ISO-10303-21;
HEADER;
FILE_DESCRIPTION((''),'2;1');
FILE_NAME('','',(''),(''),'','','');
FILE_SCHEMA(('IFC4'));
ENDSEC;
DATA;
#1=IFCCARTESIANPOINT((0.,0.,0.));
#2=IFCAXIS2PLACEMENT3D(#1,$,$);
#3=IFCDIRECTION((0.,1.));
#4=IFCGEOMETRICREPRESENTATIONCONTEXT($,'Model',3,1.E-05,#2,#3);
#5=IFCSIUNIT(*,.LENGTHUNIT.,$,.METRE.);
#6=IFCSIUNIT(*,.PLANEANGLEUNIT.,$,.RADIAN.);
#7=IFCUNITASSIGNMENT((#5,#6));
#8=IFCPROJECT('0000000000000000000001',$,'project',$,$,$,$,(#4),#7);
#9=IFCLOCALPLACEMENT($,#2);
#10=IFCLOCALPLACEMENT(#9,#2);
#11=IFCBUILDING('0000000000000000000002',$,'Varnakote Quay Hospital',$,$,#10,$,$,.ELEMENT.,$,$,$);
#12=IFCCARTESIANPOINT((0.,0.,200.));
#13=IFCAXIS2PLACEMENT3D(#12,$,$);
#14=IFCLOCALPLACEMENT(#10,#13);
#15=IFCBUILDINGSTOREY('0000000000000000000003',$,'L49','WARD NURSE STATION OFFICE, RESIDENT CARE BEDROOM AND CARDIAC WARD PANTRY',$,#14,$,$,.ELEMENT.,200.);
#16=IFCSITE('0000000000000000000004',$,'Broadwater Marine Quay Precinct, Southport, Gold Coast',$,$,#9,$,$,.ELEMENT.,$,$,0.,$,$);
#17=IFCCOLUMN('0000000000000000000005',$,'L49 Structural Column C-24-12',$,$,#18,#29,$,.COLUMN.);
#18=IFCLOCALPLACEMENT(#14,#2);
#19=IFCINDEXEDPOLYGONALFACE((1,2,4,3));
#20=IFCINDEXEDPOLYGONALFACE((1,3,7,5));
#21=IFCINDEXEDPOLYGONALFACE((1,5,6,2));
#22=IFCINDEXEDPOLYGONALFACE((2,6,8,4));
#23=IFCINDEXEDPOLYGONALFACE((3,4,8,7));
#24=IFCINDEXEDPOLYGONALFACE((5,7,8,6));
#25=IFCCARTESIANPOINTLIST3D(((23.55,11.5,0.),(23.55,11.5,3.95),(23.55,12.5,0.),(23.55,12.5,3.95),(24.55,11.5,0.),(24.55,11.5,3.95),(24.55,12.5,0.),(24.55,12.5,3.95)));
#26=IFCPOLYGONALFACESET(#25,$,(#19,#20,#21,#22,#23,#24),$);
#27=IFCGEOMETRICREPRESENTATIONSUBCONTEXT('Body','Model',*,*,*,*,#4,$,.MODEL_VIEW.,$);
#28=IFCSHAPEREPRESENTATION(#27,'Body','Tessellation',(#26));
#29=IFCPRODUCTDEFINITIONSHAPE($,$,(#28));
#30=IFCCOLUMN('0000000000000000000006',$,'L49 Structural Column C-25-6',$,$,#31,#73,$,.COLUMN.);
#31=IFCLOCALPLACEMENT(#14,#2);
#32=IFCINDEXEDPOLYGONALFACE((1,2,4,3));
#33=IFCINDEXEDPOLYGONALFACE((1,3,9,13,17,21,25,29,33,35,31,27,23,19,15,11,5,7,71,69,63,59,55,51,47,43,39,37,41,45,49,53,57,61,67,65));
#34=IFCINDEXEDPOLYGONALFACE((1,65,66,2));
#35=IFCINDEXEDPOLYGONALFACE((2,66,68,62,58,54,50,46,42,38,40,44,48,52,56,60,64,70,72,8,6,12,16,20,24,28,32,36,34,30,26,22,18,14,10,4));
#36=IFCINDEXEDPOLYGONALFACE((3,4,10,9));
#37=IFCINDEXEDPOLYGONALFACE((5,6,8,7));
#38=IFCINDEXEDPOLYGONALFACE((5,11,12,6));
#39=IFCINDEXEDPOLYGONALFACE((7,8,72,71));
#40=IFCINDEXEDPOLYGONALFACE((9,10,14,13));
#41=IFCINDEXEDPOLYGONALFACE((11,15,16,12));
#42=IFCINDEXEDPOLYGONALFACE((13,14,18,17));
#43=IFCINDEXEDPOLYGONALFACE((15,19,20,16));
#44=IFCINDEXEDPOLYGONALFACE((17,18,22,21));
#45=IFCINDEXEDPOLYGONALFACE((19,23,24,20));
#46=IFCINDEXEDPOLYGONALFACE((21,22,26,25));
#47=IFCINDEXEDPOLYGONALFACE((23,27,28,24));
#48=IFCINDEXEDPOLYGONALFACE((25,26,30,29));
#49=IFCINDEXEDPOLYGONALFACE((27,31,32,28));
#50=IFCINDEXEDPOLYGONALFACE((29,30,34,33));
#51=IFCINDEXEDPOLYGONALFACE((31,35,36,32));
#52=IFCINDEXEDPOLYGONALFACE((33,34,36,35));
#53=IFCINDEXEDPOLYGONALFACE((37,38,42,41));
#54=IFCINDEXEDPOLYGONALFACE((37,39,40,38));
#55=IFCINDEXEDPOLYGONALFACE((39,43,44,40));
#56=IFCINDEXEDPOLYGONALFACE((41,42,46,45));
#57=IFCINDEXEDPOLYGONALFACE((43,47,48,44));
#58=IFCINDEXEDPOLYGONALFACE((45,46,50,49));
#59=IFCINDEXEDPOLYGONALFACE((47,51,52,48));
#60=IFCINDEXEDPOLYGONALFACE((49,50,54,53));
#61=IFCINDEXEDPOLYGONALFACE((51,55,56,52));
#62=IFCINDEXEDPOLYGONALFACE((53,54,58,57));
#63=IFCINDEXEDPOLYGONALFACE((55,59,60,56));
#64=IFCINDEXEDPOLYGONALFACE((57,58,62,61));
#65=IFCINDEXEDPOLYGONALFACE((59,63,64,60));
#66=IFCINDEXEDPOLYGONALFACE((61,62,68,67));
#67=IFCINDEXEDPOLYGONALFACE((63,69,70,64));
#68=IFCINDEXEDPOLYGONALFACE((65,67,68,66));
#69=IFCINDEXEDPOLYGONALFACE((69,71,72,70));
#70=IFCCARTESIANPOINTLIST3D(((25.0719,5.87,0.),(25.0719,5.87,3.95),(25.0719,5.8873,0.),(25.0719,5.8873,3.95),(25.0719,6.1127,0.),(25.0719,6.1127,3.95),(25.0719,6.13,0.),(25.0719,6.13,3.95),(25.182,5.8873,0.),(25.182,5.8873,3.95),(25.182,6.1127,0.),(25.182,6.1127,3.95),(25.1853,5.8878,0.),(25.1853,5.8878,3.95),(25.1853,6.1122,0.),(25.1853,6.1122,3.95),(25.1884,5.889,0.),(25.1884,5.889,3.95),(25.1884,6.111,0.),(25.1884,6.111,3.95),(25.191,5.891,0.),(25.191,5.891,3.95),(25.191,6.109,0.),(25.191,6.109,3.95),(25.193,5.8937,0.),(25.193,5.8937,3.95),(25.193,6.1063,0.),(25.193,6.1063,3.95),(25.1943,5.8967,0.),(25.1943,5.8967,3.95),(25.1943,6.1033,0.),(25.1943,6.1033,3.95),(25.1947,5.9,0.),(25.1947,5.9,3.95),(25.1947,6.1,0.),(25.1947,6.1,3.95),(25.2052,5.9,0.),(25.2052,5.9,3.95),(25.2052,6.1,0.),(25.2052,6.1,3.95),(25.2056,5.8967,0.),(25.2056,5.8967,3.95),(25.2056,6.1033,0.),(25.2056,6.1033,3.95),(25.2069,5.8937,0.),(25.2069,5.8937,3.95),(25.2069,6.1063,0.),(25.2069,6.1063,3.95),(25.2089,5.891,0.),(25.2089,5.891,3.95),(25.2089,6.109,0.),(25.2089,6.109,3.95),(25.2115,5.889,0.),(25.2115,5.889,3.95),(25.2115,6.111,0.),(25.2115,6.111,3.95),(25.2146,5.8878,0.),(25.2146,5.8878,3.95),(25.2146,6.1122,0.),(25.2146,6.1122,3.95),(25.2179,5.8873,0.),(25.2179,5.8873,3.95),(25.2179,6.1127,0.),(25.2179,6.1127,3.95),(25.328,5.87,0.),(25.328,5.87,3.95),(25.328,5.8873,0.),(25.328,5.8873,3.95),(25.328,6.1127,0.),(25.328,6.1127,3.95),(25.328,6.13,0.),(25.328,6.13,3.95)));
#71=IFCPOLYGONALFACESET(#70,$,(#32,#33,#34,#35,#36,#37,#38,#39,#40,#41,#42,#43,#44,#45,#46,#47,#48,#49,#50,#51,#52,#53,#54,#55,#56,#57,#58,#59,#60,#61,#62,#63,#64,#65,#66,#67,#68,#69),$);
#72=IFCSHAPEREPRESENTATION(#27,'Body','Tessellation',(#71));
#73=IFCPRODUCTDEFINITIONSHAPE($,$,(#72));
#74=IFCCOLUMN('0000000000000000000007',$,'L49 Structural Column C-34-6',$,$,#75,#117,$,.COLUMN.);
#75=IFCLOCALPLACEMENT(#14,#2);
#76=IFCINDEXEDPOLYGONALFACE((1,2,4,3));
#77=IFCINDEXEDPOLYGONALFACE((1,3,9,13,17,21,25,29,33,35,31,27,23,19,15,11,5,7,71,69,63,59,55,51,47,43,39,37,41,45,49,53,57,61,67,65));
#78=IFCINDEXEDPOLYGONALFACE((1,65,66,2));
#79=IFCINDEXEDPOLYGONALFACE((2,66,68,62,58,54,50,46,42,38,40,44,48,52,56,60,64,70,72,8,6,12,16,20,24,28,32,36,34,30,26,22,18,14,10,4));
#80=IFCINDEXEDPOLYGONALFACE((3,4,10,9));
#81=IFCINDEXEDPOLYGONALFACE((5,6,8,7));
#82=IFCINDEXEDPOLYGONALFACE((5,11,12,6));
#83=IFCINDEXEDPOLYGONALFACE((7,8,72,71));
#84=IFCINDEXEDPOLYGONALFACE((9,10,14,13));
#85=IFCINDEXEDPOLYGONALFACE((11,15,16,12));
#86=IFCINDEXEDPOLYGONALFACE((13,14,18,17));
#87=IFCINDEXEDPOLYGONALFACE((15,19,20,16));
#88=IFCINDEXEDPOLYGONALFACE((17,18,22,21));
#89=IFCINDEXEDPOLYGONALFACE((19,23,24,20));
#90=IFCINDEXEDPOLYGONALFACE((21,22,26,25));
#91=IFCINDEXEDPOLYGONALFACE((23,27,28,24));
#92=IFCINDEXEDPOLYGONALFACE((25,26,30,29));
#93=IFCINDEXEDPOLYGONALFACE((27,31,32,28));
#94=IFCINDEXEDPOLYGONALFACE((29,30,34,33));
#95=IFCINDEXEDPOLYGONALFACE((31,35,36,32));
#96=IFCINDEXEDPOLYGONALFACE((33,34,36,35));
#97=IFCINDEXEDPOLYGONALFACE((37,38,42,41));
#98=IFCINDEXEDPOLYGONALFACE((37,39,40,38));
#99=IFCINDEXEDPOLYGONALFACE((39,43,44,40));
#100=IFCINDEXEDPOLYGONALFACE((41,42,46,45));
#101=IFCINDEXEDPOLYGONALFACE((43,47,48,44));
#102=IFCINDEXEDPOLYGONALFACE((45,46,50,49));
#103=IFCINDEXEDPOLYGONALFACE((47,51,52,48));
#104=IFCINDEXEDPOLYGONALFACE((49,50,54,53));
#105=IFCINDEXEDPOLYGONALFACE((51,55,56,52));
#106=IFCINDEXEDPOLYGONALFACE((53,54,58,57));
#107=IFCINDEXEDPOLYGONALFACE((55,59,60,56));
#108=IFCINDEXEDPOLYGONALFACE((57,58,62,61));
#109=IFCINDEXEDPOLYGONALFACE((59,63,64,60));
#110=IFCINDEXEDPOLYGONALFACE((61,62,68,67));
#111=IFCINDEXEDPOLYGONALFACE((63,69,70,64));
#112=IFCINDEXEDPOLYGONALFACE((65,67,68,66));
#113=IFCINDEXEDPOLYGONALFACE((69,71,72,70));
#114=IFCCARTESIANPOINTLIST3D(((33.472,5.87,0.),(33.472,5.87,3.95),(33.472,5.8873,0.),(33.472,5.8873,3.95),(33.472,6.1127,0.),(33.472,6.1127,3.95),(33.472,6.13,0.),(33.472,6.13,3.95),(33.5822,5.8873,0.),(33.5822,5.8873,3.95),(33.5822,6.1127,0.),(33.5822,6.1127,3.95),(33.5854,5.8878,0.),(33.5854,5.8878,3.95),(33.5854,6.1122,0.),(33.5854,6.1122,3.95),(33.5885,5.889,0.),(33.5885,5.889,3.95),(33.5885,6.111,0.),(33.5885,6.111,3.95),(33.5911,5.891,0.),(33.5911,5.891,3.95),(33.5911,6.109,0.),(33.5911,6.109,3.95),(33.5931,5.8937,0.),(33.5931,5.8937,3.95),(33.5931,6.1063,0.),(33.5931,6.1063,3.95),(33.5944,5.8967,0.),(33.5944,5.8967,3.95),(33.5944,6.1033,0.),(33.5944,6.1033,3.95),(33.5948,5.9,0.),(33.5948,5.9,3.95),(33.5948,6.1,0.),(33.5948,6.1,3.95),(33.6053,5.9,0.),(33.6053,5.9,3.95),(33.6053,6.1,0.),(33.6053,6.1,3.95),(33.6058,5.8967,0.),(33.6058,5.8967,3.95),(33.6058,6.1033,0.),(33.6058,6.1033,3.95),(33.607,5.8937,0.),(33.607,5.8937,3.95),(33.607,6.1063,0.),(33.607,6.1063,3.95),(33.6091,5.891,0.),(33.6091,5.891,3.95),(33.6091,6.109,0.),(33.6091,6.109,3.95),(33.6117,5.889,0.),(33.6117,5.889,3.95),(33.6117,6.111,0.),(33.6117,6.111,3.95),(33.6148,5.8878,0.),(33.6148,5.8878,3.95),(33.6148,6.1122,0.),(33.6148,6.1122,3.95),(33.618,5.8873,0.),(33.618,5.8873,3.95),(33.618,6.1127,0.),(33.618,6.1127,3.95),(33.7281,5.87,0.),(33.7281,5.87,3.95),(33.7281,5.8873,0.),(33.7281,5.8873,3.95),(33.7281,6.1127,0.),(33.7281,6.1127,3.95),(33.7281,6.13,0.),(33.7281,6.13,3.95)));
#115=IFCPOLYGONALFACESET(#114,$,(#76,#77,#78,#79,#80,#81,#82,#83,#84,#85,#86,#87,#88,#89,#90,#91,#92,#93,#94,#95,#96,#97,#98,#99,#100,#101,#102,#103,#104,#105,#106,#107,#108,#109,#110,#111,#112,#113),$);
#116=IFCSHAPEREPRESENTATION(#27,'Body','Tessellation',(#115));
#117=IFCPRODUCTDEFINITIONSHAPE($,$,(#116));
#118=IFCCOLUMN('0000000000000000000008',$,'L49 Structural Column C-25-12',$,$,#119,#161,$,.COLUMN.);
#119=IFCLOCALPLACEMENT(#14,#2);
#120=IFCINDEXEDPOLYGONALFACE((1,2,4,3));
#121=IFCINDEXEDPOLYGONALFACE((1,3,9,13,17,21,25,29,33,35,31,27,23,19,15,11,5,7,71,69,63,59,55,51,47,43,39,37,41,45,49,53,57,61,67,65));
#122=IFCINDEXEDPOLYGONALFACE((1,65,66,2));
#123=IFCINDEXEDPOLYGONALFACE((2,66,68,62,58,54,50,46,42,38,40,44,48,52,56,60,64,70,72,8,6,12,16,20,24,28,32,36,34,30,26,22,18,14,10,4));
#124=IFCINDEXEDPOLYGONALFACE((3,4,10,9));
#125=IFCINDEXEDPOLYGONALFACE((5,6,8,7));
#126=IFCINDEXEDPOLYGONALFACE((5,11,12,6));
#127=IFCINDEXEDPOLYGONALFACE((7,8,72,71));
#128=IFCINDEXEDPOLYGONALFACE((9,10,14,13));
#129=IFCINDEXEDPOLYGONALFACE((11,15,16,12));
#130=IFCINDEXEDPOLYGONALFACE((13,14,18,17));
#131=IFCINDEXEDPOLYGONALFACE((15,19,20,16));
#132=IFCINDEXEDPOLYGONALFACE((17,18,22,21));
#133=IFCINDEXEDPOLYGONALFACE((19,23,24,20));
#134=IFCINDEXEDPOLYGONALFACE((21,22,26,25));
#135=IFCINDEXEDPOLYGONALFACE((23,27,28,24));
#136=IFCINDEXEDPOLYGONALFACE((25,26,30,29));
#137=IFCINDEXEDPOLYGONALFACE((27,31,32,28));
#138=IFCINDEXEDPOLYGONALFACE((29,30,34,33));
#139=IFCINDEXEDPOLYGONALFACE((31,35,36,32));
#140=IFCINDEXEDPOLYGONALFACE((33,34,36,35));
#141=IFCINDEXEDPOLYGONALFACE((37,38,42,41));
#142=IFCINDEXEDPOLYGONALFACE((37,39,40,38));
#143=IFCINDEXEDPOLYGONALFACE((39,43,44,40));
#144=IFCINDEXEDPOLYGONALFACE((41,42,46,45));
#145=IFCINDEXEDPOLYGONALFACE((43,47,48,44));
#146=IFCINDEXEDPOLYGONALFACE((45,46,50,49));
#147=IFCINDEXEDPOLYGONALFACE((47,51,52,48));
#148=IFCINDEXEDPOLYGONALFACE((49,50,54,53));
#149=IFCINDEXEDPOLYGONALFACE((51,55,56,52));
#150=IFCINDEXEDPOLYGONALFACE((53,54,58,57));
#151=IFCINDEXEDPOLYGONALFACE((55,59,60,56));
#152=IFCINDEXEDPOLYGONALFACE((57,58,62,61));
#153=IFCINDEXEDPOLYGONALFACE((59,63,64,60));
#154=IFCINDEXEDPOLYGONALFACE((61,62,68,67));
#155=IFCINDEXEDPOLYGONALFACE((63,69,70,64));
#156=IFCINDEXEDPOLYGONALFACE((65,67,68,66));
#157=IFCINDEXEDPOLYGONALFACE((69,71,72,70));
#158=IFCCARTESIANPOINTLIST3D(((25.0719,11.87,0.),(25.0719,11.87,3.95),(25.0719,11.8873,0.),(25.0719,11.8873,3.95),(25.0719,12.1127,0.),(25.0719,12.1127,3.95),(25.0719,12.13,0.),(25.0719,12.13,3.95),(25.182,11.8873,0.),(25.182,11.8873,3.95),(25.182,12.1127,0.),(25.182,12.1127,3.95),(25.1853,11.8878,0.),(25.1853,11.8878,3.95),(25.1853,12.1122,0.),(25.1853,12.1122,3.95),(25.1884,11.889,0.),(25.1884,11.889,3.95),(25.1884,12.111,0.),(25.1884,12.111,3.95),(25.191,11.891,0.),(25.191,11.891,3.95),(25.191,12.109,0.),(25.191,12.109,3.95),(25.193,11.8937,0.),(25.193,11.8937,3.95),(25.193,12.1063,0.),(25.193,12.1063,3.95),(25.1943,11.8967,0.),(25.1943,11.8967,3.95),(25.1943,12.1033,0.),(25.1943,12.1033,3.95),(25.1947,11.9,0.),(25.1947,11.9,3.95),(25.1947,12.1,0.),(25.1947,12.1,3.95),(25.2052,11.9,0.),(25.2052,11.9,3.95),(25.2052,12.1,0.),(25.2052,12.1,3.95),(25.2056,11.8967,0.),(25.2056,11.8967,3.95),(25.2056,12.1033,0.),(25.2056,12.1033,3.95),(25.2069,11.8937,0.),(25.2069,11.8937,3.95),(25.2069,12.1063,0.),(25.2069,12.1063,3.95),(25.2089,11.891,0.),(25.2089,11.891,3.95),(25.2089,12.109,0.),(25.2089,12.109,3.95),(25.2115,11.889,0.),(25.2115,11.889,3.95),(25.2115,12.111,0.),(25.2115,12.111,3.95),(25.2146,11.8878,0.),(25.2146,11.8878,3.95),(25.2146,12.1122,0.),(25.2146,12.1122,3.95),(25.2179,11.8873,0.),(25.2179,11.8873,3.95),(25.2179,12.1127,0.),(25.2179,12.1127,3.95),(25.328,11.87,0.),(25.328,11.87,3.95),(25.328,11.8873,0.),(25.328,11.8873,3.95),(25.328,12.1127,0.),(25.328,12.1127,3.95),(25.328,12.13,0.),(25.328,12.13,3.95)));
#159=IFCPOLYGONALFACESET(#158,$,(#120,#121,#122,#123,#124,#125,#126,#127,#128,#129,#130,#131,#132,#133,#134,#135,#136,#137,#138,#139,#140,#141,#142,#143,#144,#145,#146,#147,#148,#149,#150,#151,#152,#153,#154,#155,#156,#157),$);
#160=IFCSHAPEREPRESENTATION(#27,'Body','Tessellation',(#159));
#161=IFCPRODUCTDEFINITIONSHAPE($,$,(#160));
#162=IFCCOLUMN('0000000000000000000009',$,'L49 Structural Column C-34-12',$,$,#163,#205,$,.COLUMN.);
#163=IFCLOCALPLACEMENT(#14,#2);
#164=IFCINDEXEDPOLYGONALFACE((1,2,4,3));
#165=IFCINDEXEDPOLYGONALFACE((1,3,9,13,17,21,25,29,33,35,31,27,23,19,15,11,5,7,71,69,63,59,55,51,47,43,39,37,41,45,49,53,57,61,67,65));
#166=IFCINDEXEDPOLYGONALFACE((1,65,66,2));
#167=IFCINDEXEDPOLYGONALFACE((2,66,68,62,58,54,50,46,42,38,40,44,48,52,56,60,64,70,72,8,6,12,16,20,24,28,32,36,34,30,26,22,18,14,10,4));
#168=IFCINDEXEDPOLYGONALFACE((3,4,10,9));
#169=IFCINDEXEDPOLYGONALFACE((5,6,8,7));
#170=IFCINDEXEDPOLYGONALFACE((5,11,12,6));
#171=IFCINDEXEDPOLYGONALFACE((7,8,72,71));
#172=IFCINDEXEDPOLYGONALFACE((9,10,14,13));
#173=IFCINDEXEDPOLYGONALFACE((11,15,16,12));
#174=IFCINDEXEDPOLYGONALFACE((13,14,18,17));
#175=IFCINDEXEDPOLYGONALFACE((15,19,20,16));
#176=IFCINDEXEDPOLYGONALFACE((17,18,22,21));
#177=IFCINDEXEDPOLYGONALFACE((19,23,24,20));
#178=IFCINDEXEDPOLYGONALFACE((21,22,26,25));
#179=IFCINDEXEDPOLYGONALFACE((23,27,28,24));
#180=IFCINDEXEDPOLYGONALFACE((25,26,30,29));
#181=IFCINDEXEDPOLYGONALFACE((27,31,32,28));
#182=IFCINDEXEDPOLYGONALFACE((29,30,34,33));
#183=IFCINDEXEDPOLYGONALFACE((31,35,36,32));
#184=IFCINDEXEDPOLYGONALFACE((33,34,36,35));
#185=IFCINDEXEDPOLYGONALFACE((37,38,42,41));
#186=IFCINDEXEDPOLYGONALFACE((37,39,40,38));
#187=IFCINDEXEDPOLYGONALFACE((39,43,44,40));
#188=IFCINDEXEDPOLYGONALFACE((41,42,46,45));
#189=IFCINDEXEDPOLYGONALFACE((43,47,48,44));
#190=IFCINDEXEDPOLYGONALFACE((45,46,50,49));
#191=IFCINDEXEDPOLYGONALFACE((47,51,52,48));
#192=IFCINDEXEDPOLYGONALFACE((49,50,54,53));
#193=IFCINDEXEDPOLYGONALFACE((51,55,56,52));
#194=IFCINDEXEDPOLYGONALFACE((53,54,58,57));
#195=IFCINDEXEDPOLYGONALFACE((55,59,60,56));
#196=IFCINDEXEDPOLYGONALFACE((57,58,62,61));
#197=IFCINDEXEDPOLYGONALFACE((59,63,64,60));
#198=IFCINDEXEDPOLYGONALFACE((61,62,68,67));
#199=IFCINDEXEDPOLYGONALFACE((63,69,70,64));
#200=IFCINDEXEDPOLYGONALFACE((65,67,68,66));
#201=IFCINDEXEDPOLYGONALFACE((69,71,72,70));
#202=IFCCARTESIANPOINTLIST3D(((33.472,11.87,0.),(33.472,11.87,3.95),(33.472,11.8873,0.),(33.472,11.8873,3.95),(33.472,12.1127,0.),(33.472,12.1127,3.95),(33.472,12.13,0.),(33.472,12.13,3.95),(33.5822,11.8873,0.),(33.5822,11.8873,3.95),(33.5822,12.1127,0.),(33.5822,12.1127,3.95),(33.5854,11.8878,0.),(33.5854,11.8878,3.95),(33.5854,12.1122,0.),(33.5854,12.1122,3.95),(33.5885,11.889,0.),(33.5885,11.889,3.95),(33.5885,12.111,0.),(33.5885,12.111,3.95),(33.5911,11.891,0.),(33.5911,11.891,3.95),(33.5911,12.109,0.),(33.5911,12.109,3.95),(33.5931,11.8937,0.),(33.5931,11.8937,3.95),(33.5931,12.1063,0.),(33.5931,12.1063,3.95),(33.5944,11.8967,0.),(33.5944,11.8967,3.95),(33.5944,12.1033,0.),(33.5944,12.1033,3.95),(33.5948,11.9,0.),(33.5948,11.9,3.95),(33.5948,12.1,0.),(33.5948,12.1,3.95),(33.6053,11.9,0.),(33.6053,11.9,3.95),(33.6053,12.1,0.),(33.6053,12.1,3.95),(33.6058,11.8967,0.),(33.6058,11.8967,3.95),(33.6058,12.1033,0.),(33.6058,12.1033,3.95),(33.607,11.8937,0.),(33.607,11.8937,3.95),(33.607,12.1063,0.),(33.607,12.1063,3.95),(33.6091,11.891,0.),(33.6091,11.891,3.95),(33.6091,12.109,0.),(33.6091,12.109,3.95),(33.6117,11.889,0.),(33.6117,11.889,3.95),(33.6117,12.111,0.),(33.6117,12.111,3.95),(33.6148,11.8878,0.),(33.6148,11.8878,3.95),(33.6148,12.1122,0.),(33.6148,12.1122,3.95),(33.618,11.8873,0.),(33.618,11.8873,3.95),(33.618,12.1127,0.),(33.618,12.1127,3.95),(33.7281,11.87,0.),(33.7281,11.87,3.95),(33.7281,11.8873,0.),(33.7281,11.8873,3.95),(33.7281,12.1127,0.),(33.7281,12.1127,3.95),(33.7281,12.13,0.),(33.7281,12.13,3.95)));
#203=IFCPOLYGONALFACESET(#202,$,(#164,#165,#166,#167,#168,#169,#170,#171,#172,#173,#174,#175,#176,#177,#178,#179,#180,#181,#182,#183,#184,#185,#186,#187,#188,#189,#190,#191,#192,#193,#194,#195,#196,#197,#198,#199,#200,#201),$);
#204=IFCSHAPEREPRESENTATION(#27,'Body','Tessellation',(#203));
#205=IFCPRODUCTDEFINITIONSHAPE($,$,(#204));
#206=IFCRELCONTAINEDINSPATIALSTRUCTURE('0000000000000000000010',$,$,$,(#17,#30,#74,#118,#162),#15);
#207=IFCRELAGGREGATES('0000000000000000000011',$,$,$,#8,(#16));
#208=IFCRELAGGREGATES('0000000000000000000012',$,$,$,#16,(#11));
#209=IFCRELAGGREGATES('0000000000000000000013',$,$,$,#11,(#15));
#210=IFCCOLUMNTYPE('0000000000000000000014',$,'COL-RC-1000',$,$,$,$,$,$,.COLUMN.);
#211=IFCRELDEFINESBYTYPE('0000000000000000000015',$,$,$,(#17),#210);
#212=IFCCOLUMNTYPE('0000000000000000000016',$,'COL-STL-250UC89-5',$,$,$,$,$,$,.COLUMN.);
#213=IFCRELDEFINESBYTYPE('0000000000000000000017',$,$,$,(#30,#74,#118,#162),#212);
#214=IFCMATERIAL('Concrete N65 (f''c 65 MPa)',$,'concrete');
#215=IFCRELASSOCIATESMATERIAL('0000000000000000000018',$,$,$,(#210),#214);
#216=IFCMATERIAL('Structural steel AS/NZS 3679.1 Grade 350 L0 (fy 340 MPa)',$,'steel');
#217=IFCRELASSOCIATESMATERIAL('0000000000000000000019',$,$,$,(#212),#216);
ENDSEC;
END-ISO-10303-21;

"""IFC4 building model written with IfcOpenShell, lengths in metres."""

from ifc_helpers import new_model, si_unit, direction, frame, origin, origin_2d, place, context, subcontext, project, spatial, rectangle, i_section, extrude, material, material_profile, profile_set, type_object, element, save


model = new_model("IFC4")

# Units and contexts
model_context = context("Model", 3, precision=1e-05, world=origin(), true_north=direction((0.0, 1.0)))
body_context = subcontext(model_context, "Body", "Model", "MODEL_VIEW")
ifc_project = project(units=[si_unit("LENGTHUNIT", "METRE"), si_unit("PLANEANGLEUNIT", "RADIAN")], contexts=[model_context])

# Site, building, storey
site_placement = place(None, origin())
site = spatial("IfcSite", under=ifc_project, at=site_placement, Name="Broadwater Marine Quay Precinct, Southport, Gold Coast", CompositionType="ELEMENT", RefElevation=0.0)
building_placement = place(site_placement, origin())
building = spatial("IfcBuilding", under=site, at=building_placement, Name="Varnakote Quay Hospital", CompositionType="ELEMENT")
storey_placement = place(building_placement, frame((0.0, 0.0, 200.0)))
storey = spatial("IfcBuildingStorey", under=building, at=storey_placement, Name="L49", Description="WARD NURSE STATION OFFICE, RESIDENT CARE BEDROOM AND CARDIAC WARD PANTRY", CompositionType="ELEMENT", Elevation=200.0)

# Columns
ifc_material_1 = material(Name="Concrete N65 (f'c 65 MPa)", Category="concrete")
ifc_material_profile_1 = material_profile(ifc_material_1, rectangle(XDim=1.0, YDim=1.0, at=origin_2d()), Name="RC-COL-1000x1000")
ifc_profile_set_1 = profile_set([ifc_material_profile_1], Name="Concrete N65 (f'c 65 MPa)")
column_type_1 = type_object("IfcColumnType", Name="COL-RC-1000", PredefinedType="COLUMN", material=ifc_profile_set_1)
column_placement = place(storey_placement, frame((24.05, 12.0, 0.0), z_axis=(0.0, 0.0, 1.0), x_axis=(1.0, 0.0, 0.0)))
element("IfcColumn", 1, at=column_placement, inside=storey, type_object=column_type_1, Name="L49 Structural Column C-24-12", PredefinedType="COLUMN", context=body_context, shape_type="SweptSolid", body=[
    extrude(rectangle(XDim=1.0, YDim=1.0, at=origin_2d()), origin(), (0.0, 0.0, 1.0), 3.95),
])
ifc_material_2 = material(Name="Structural steel AS/NZS 3679.1 Grade 350 L0 (fy 340 MPa)", Category="steel")
ifc_material_profile_2 = material_profile(ifc_material_2, i_section(OverallWidth=0.2561, OverallDepth=0.26, WebThickness=0.0105, FlangeThickness=0.0173, FilletRadius=0.0127, at=origin_2d()), Name="250UC89.5")
ifc_profile_set_2 = profile_set([ifc_material_profile_2], Name="Structural steel AS/NZS 3679.1 Grade 350 L0 (fy 340 MPa)")
column_type_2 = type_object("IfcColumnType", Name="COL-STL-250UC89-5", PredefinedType="COLUMN", material=ifc_profile_set_2)
for number, where, z_axis, x_axis, name in (
    (2, (25.2, 6.0, 0.0), (0.0, 0.0, 1.0), (1.0, 0.0, 0.0), "L49 Structural Column C-25-6"),
    (3, (33.6001, 6.0, 0.0), (0.0, 0.0, 1.0), (1.0, 0.0, 0.0), "L49 Structural Column C-34-6"),
    (4, (25.2, 12.0, 0.0), (0.0, 0.0, 1.0), (1.0, 0.0, 0.0), "L49 Structural Column C-25-12"),
    (5, (33.6001, 12.0, 0.0), (0.0, 0.0, 1.0), (1.0, 0.0, 0.0), "L49 Structural Column C-34-12"),
):
    element("IfcColumn", number, at=place(storey_placement, frame(where, z_axis=z_axis, x_axis=x_axis)), inside=storey, type_object=column_type_2, Name=name, PredefinedType="COLUMN", context=body_context, shape_type="SweptSolid", body=[
        extrude(i_section(OverallWidth=0.2561, OverallDepth=0.26, WebThickness=0.0105, FlangeThickness=0.0173, FilletRadius=0.0127, at=origin_2d()), origin(), (0.0, 0.0, 1.0), 3.95),
    ])

save(model, "model.ifc")
